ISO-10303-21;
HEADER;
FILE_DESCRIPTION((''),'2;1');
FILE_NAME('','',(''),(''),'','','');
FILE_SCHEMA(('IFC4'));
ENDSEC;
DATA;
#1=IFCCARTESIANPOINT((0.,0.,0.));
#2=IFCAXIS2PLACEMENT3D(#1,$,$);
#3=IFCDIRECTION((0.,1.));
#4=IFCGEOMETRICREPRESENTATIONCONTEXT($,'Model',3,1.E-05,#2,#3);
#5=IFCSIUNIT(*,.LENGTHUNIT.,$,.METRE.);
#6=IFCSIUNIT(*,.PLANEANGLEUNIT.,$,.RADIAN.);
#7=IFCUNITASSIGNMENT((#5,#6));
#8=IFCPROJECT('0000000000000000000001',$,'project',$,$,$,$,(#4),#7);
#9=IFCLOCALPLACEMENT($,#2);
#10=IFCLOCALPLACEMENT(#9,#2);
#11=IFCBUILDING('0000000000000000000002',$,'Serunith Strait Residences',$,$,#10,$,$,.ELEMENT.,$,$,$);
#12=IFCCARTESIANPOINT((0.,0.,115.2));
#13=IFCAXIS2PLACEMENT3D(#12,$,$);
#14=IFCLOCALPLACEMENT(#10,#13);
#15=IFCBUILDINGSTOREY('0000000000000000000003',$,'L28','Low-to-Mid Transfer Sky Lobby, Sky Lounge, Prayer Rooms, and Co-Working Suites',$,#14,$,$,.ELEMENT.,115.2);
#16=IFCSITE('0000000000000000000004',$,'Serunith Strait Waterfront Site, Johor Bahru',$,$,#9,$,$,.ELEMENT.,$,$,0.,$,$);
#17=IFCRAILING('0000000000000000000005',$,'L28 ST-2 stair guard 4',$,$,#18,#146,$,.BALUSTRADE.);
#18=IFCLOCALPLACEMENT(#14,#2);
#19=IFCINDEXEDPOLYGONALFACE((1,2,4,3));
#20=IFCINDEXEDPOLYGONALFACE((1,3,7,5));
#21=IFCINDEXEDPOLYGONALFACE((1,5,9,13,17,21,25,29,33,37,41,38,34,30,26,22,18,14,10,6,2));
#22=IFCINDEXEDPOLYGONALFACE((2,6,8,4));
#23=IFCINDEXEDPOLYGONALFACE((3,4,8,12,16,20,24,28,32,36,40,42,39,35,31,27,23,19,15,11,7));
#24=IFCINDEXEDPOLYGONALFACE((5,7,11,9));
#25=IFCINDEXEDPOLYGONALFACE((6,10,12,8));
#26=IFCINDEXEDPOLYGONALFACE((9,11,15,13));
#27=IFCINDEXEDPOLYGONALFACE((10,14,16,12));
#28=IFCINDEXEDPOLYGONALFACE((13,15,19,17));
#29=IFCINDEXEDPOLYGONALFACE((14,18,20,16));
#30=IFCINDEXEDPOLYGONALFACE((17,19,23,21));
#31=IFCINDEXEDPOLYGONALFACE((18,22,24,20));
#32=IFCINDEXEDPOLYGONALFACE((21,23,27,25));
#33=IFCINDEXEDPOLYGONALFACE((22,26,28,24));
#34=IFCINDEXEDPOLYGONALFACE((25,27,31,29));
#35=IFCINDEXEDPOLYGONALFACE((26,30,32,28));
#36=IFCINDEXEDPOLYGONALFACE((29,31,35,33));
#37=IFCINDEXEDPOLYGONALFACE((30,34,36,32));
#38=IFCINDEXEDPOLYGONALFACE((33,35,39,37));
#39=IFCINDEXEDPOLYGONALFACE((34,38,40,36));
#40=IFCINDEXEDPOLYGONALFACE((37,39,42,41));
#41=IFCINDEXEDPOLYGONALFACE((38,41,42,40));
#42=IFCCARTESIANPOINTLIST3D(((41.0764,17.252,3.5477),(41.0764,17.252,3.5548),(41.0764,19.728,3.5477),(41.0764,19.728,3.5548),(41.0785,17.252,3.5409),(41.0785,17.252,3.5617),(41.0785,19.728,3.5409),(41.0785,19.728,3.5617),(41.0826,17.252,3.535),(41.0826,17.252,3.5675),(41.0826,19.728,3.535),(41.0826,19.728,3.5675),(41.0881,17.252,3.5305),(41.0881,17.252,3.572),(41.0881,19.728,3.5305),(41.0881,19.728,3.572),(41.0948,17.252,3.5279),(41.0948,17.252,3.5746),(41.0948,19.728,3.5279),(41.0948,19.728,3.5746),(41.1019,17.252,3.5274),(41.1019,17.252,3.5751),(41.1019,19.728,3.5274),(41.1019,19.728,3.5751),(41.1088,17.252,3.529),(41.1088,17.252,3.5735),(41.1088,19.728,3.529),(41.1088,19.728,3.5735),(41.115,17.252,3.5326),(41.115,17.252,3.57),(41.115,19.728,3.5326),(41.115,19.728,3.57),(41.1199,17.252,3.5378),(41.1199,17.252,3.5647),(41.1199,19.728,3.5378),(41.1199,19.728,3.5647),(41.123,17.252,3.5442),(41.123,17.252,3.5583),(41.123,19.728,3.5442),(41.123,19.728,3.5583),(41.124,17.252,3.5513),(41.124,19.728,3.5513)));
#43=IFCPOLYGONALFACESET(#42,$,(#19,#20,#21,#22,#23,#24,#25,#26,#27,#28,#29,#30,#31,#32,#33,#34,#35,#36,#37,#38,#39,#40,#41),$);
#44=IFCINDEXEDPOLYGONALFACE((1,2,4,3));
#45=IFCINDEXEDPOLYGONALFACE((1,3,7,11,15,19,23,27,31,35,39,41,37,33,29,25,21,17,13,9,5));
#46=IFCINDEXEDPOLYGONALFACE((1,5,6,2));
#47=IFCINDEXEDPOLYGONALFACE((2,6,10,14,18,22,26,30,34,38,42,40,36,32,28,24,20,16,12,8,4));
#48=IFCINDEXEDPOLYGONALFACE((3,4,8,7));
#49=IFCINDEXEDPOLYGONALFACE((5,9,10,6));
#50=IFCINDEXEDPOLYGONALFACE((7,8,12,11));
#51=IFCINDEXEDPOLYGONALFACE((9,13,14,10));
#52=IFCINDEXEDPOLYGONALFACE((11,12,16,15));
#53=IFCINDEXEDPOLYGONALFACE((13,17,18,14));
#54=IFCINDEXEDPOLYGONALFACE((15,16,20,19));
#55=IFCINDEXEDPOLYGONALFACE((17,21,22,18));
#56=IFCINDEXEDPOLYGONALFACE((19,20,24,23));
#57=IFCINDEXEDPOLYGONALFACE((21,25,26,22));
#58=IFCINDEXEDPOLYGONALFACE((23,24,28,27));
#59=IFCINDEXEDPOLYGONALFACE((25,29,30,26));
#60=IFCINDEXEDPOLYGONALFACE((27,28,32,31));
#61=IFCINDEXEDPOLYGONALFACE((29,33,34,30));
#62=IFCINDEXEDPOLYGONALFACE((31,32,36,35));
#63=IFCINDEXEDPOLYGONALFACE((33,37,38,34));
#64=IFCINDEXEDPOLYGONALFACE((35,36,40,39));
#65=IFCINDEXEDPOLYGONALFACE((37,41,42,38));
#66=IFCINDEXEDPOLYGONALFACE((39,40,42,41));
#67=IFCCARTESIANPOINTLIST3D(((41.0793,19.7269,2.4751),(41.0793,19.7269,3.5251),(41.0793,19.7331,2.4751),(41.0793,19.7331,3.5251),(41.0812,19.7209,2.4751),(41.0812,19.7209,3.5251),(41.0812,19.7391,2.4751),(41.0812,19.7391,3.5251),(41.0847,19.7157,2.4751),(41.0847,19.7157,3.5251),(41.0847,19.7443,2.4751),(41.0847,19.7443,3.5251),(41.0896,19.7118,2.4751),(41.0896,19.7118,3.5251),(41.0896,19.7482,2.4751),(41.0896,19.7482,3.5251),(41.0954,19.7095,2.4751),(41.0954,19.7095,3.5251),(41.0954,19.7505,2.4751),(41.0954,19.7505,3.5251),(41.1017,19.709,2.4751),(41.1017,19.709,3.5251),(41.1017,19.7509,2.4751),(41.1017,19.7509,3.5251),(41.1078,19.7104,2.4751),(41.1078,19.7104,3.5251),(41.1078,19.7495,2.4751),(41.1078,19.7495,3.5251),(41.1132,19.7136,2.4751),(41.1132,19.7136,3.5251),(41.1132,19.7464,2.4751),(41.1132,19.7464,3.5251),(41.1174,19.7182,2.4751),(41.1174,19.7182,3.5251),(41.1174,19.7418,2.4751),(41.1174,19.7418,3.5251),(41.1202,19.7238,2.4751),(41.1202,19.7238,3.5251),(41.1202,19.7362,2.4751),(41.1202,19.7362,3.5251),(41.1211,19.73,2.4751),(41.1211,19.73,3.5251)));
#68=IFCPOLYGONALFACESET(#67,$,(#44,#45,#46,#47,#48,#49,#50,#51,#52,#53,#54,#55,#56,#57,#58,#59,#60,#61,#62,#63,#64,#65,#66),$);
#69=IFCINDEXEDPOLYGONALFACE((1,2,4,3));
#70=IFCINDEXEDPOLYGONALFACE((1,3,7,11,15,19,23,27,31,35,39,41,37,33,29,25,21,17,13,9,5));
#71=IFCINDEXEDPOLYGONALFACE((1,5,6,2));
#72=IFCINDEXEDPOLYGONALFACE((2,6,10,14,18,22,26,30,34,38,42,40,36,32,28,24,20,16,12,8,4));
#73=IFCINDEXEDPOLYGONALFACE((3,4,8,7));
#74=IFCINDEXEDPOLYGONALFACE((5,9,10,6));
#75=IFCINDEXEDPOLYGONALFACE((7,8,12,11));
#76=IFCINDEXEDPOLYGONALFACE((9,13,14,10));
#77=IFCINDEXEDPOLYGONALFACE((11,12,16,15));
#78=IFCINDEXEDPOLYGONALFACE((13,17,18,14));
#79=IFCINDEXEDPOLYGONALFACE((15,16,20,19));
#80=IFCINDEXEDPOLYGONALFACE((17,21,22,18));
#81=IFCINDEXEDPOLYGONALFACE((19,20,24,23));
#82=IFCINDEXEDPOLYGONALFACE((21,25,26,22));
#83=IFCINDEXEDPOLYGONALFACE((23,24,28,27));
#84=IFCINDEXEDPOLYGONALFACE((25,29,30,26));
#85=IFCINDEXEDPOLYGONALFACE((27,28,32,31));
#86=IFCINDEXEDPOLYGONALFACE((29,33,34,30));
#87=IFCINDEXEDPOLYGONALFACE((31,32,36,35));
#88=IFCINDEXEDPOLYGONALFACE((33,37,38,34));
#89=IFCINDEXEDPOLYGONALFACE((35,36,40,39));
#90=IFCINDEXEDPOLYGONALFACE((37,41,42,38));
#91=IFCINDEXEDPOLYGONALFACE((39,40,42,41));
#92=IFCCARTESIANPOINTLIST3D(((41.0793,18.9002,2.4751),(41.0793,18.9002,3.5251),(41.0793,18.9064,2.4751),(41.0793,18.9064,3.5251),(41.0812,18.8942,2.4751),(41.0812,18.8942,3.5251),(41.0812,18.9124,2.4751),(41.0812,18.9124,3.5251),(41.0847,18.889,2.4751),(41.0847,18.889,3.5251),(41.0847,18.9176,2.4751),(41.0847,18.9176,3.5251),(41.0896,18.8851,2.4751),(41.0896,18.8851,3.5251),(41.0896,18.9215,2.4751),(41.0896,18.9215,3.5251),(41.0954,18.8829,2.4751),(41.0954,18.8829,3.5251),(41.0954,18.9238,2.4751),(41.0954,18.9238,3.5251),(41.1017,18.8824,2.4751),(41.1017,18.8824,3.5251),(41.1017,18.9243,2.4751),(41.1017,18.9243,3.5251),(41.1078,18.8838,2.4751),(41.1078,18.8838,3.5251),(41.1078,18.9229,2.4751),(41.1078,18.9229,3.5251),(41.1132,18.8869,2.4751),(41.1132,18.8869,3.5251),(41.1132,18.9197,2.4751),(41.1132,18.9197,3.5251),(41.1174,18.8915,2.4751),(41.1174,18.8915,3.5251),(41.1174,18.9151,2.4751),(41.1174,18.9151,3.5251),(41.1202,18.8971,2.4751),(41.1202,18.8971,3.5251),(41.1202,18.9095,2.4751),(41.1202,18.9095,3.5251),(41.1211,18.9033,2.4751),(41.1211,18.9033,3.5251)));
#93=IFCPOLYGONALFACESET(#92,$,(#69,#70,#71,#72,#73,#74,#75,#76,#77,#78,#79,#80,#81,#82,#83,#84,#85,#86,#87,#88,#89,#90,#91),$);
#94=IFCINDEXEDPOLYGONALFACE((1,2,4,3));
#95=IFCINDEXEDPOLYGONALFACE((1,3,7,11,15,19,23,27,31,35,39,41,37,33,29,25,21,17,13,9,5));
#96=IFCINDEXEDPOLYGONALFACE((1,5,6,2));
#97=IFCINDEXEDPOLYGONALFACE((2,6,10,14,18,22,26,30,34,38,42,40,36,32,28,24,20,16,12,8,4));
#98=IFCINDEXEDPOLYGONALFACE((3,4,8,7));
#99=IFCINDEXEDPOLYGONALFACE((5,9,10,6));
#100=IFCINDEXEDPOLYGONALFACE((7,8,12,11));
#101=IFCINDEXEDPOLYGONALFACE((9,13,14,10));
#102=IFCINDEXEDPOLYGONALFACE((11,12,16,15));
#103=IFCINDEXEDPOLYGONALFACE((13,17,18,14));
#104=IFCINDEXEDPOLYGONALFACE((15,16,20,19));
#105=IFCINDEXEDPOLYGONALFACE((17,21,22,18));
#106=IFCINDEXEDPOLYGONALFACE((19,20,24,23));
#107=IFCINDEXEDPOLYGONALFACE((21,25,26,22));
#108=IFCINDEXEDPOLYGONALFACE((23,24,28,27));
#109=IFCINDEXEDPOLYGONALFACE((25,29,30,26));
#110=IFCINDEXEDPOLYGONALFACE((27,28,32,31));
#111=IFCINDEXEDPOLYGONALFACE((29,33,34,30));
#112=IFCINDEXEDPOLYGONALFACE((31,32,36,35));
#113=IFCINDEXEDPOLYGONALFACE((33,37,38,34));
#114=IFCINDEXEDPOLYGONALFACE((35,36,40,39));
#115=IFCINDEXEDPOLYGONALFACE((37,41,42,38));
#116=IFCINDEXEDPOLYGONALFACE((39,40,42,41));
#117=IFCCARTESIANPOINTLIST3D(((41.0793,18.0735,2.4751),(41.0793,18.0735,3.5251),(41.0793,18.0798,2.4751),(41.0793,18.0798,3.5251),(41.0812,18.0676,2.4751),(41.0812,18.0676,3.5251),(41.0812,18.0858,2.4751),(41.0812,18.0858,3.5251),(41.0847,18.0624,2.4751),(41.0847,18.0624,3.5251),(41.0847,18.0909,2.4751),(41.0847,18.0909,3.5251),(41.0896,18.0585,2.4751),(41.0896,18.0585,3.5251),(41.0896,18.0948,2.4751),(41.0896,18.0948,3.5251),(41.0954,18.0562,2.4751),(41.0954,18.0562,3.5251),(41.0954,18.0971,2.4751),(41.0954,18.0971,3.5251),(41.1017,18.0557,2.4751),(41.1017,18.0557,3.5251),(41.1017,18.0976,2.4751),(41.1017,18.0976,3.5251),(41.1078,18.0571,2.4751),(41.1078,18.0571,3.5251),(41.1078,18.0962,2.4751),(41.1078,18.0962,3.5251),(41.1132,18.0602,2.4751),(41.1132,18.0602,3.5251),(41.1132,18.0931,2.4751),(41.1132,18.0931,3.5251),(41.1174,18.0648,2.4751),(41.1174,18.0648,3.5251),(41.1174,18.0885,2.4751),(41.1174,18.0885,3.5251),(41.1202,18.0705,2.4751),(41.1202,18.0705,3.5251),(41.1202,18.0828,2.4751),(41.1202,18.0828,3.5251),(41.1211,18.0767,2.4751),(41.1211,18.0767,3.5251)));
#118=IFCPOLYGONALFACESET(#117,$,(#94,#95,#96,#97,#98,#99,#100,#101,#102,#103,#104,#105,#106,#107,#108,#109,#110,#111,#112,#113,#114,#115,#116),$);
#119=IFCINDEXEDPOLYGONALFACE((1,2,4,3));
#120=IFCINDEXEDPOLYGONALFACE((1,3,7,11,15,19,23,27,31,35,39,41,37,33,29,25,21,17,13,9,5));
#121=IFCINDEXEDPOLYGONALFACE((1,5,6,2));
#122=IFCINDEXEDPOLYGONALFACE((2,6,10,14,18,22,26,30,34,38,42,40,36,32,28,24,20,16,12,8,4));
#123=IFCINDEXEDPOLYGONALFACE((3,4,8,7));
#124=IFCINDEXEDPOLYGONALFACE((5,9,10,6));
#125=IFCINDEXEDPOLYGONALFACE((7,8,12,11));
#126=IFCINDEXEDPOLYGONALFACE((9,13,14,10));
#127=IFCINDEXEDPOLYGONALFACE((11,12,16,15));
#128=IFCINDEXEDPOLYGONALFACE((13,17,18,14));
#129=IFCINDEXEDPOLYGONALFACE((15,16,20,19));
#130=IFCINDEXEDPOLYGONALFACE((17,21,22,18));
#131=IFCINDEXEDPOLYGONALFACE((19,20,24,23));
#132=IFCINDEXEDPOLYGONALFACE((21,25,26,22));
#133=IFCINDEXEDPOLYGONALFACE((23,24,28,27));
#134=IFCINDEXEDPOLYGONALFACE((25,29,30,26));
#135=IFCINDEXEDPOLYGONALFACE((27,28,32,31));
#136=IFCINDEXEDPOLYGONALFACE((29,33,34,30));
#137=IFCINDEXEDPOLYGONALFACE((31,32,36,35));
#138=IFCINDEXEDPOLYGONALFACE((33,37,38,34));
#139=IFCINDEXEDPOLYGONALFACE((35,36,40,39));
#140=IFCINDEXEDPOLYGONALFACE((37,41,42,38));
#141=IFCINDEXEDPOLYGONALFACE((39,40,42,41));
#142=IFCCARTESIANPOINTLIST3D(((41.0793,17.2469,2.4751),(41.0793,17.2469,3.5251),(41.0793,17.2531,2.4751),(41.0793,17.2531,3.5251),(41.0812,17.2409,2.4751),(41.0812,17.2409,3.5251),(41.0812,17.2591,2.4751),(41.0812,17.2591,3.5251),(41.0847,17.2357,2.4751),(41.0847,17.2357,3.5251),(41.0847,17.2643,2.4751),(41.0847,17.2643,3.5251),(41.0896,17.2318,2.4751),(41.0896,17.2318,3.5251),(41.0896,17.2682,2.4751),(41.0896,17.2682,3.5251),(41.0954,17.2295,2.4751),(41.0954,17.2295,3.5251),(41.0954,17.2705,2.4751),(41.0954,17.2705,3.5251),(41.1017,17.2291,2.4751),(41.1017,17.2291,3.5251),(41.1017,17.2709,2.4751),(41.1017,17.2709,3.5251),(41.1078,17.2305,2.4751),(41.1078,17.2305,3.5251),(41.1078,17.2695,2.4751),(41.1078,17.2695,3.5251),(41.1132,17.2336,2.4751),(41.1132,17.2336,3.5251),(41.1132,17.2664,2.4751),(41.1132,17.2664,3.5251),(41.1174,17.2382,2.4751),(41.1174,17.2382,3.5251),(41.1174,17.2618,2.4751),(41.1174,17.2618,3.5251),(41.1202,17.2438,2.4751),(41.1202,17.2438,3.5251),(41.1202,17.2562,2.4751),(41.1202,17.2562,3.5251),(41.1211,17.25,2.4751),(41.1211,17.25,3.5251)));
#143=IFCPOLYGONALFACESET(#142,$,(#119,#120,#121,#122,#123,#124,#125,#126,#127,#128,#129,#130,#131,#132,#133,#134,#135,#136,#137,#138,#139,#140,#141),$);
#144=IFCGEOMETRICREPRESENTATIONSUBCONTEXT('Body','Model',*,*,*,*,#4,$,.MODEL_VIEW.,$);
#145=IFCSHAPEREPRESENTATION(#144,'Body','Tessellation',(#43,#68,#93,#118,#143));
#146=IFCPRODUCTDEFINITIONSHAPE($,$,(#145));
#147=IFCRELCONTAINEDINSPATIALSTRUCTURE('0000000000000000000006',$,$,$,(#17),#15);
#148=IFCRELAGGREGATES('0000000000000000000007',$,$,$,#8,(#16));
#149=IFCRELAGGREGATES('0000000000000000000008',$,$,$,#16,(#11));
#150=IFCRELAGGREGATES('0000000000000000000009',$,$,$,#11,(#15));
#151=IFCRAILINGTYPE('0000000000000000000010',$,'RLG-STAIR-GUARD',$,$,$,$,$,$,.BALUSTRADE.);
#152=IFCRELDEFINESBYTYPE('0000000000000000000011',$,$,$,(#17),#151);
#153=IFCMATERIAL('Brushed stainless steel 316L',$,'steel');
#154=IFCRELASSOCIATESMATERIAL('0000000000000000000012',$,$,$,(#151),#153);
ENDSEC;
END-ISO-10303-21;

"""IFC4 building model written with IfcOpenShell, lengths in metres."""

from ifc_helpers import new_model, si_unit, direction, frame, origin, origin_2d, place, context, subcontext, project, spatial, circle, extrude, material, type_object, element, save


model = new_model("IFC4")

# Units and contexts
model_context = context("Model", 3, precision=1e-05, world=origin(), true_north=direction((0.0, 1.0)))
body_context = subcontext(model_context, "Body", "Model", "MODEL_VIEW")
ifc_project = project(units=[si_unit("LENGTHUNIT", "METRE"), si_unit("PLANEANGLEUNIT", "RADIAN")], contexts=[model_context])

# Site, building, storey
site_placement = place(None, origin())
site = spatial("IfcSite", under=ifc_project, at=site_placement, Name="Serunith Strait Waterfront Site, Johor Bahru", CompositionType="ELEMENT", RefElevation=0.0)
building_placement = place(site_placement, origin())
building = spatial("IfcBuilding", under=site, at=building_placement, Name="Serunith Strait Residences", CompositionType="ELEMENT")
storey_placement = place(building_placement, frame((0.0, 0.0, 115.2)))
storey = spatial("IfcBuildingStorey", under=building, at=storey_placement, Name="L28", Description="Low-to-Mid Transfer Sky Lobby, Sky Lounge, Prayer Rooms, and Co-Working Suites", CompositionType="ELEMENT", Elevation=115.2)

# Railing
ifc_material_1 = material(Name="Brushed stainless steel 316L", Category="steel")
railing_type_1 = type_object("IfcRailingType", Name="RLG-STAIR-GUARD", PredefinedType="BALUSTRADE", material=ifc_material_1)
for number, where, name in (
    (1, (41.1001, 19.73, 2.4751), "L28 ST-2 stair guard 4"),
):
    element("IfcRailing", number, at=place(storey_placement, frame(where)), inside=storey, type_object=railing_type_1, Name=name, PredefinedType="BALUSTRADE", context=body_context, shape_type="SweptSolid", body=[
        extrude(circle(Radius=0.0239, at=origin_2d()), frame((0.0, -0.002, 1.0762), z_axis=(0.0, -1.0, 0.0), x_axis=(1.0, 0.0, 0.0)), (0.0, 0.0, 1.0), 2.4761),
        extrude(circle(Radius=0.021, at=origin_2d()), origin(), (0.0, 0.0, 1.0), 1.05),
        extrude(circle(Radius=0.021, at=origin_2d()), frame((0.0, -0.8267, 0.0)), (0.0, 0.0, 1.0), 1.05),
        extrude(circle(Radius=0.021, at=origin_2d()), frame((0.0, -1.6533, 0.0)), (0.0, 0.0, 1.0), 1.05),
        extrude(circle(Radius=0.021, at=origin_2d()), frame((0.0, -2.48, 0.0)), (0.0, 0.0, 1.0), 1.05),
    ])

save(model, "model.ifc")
